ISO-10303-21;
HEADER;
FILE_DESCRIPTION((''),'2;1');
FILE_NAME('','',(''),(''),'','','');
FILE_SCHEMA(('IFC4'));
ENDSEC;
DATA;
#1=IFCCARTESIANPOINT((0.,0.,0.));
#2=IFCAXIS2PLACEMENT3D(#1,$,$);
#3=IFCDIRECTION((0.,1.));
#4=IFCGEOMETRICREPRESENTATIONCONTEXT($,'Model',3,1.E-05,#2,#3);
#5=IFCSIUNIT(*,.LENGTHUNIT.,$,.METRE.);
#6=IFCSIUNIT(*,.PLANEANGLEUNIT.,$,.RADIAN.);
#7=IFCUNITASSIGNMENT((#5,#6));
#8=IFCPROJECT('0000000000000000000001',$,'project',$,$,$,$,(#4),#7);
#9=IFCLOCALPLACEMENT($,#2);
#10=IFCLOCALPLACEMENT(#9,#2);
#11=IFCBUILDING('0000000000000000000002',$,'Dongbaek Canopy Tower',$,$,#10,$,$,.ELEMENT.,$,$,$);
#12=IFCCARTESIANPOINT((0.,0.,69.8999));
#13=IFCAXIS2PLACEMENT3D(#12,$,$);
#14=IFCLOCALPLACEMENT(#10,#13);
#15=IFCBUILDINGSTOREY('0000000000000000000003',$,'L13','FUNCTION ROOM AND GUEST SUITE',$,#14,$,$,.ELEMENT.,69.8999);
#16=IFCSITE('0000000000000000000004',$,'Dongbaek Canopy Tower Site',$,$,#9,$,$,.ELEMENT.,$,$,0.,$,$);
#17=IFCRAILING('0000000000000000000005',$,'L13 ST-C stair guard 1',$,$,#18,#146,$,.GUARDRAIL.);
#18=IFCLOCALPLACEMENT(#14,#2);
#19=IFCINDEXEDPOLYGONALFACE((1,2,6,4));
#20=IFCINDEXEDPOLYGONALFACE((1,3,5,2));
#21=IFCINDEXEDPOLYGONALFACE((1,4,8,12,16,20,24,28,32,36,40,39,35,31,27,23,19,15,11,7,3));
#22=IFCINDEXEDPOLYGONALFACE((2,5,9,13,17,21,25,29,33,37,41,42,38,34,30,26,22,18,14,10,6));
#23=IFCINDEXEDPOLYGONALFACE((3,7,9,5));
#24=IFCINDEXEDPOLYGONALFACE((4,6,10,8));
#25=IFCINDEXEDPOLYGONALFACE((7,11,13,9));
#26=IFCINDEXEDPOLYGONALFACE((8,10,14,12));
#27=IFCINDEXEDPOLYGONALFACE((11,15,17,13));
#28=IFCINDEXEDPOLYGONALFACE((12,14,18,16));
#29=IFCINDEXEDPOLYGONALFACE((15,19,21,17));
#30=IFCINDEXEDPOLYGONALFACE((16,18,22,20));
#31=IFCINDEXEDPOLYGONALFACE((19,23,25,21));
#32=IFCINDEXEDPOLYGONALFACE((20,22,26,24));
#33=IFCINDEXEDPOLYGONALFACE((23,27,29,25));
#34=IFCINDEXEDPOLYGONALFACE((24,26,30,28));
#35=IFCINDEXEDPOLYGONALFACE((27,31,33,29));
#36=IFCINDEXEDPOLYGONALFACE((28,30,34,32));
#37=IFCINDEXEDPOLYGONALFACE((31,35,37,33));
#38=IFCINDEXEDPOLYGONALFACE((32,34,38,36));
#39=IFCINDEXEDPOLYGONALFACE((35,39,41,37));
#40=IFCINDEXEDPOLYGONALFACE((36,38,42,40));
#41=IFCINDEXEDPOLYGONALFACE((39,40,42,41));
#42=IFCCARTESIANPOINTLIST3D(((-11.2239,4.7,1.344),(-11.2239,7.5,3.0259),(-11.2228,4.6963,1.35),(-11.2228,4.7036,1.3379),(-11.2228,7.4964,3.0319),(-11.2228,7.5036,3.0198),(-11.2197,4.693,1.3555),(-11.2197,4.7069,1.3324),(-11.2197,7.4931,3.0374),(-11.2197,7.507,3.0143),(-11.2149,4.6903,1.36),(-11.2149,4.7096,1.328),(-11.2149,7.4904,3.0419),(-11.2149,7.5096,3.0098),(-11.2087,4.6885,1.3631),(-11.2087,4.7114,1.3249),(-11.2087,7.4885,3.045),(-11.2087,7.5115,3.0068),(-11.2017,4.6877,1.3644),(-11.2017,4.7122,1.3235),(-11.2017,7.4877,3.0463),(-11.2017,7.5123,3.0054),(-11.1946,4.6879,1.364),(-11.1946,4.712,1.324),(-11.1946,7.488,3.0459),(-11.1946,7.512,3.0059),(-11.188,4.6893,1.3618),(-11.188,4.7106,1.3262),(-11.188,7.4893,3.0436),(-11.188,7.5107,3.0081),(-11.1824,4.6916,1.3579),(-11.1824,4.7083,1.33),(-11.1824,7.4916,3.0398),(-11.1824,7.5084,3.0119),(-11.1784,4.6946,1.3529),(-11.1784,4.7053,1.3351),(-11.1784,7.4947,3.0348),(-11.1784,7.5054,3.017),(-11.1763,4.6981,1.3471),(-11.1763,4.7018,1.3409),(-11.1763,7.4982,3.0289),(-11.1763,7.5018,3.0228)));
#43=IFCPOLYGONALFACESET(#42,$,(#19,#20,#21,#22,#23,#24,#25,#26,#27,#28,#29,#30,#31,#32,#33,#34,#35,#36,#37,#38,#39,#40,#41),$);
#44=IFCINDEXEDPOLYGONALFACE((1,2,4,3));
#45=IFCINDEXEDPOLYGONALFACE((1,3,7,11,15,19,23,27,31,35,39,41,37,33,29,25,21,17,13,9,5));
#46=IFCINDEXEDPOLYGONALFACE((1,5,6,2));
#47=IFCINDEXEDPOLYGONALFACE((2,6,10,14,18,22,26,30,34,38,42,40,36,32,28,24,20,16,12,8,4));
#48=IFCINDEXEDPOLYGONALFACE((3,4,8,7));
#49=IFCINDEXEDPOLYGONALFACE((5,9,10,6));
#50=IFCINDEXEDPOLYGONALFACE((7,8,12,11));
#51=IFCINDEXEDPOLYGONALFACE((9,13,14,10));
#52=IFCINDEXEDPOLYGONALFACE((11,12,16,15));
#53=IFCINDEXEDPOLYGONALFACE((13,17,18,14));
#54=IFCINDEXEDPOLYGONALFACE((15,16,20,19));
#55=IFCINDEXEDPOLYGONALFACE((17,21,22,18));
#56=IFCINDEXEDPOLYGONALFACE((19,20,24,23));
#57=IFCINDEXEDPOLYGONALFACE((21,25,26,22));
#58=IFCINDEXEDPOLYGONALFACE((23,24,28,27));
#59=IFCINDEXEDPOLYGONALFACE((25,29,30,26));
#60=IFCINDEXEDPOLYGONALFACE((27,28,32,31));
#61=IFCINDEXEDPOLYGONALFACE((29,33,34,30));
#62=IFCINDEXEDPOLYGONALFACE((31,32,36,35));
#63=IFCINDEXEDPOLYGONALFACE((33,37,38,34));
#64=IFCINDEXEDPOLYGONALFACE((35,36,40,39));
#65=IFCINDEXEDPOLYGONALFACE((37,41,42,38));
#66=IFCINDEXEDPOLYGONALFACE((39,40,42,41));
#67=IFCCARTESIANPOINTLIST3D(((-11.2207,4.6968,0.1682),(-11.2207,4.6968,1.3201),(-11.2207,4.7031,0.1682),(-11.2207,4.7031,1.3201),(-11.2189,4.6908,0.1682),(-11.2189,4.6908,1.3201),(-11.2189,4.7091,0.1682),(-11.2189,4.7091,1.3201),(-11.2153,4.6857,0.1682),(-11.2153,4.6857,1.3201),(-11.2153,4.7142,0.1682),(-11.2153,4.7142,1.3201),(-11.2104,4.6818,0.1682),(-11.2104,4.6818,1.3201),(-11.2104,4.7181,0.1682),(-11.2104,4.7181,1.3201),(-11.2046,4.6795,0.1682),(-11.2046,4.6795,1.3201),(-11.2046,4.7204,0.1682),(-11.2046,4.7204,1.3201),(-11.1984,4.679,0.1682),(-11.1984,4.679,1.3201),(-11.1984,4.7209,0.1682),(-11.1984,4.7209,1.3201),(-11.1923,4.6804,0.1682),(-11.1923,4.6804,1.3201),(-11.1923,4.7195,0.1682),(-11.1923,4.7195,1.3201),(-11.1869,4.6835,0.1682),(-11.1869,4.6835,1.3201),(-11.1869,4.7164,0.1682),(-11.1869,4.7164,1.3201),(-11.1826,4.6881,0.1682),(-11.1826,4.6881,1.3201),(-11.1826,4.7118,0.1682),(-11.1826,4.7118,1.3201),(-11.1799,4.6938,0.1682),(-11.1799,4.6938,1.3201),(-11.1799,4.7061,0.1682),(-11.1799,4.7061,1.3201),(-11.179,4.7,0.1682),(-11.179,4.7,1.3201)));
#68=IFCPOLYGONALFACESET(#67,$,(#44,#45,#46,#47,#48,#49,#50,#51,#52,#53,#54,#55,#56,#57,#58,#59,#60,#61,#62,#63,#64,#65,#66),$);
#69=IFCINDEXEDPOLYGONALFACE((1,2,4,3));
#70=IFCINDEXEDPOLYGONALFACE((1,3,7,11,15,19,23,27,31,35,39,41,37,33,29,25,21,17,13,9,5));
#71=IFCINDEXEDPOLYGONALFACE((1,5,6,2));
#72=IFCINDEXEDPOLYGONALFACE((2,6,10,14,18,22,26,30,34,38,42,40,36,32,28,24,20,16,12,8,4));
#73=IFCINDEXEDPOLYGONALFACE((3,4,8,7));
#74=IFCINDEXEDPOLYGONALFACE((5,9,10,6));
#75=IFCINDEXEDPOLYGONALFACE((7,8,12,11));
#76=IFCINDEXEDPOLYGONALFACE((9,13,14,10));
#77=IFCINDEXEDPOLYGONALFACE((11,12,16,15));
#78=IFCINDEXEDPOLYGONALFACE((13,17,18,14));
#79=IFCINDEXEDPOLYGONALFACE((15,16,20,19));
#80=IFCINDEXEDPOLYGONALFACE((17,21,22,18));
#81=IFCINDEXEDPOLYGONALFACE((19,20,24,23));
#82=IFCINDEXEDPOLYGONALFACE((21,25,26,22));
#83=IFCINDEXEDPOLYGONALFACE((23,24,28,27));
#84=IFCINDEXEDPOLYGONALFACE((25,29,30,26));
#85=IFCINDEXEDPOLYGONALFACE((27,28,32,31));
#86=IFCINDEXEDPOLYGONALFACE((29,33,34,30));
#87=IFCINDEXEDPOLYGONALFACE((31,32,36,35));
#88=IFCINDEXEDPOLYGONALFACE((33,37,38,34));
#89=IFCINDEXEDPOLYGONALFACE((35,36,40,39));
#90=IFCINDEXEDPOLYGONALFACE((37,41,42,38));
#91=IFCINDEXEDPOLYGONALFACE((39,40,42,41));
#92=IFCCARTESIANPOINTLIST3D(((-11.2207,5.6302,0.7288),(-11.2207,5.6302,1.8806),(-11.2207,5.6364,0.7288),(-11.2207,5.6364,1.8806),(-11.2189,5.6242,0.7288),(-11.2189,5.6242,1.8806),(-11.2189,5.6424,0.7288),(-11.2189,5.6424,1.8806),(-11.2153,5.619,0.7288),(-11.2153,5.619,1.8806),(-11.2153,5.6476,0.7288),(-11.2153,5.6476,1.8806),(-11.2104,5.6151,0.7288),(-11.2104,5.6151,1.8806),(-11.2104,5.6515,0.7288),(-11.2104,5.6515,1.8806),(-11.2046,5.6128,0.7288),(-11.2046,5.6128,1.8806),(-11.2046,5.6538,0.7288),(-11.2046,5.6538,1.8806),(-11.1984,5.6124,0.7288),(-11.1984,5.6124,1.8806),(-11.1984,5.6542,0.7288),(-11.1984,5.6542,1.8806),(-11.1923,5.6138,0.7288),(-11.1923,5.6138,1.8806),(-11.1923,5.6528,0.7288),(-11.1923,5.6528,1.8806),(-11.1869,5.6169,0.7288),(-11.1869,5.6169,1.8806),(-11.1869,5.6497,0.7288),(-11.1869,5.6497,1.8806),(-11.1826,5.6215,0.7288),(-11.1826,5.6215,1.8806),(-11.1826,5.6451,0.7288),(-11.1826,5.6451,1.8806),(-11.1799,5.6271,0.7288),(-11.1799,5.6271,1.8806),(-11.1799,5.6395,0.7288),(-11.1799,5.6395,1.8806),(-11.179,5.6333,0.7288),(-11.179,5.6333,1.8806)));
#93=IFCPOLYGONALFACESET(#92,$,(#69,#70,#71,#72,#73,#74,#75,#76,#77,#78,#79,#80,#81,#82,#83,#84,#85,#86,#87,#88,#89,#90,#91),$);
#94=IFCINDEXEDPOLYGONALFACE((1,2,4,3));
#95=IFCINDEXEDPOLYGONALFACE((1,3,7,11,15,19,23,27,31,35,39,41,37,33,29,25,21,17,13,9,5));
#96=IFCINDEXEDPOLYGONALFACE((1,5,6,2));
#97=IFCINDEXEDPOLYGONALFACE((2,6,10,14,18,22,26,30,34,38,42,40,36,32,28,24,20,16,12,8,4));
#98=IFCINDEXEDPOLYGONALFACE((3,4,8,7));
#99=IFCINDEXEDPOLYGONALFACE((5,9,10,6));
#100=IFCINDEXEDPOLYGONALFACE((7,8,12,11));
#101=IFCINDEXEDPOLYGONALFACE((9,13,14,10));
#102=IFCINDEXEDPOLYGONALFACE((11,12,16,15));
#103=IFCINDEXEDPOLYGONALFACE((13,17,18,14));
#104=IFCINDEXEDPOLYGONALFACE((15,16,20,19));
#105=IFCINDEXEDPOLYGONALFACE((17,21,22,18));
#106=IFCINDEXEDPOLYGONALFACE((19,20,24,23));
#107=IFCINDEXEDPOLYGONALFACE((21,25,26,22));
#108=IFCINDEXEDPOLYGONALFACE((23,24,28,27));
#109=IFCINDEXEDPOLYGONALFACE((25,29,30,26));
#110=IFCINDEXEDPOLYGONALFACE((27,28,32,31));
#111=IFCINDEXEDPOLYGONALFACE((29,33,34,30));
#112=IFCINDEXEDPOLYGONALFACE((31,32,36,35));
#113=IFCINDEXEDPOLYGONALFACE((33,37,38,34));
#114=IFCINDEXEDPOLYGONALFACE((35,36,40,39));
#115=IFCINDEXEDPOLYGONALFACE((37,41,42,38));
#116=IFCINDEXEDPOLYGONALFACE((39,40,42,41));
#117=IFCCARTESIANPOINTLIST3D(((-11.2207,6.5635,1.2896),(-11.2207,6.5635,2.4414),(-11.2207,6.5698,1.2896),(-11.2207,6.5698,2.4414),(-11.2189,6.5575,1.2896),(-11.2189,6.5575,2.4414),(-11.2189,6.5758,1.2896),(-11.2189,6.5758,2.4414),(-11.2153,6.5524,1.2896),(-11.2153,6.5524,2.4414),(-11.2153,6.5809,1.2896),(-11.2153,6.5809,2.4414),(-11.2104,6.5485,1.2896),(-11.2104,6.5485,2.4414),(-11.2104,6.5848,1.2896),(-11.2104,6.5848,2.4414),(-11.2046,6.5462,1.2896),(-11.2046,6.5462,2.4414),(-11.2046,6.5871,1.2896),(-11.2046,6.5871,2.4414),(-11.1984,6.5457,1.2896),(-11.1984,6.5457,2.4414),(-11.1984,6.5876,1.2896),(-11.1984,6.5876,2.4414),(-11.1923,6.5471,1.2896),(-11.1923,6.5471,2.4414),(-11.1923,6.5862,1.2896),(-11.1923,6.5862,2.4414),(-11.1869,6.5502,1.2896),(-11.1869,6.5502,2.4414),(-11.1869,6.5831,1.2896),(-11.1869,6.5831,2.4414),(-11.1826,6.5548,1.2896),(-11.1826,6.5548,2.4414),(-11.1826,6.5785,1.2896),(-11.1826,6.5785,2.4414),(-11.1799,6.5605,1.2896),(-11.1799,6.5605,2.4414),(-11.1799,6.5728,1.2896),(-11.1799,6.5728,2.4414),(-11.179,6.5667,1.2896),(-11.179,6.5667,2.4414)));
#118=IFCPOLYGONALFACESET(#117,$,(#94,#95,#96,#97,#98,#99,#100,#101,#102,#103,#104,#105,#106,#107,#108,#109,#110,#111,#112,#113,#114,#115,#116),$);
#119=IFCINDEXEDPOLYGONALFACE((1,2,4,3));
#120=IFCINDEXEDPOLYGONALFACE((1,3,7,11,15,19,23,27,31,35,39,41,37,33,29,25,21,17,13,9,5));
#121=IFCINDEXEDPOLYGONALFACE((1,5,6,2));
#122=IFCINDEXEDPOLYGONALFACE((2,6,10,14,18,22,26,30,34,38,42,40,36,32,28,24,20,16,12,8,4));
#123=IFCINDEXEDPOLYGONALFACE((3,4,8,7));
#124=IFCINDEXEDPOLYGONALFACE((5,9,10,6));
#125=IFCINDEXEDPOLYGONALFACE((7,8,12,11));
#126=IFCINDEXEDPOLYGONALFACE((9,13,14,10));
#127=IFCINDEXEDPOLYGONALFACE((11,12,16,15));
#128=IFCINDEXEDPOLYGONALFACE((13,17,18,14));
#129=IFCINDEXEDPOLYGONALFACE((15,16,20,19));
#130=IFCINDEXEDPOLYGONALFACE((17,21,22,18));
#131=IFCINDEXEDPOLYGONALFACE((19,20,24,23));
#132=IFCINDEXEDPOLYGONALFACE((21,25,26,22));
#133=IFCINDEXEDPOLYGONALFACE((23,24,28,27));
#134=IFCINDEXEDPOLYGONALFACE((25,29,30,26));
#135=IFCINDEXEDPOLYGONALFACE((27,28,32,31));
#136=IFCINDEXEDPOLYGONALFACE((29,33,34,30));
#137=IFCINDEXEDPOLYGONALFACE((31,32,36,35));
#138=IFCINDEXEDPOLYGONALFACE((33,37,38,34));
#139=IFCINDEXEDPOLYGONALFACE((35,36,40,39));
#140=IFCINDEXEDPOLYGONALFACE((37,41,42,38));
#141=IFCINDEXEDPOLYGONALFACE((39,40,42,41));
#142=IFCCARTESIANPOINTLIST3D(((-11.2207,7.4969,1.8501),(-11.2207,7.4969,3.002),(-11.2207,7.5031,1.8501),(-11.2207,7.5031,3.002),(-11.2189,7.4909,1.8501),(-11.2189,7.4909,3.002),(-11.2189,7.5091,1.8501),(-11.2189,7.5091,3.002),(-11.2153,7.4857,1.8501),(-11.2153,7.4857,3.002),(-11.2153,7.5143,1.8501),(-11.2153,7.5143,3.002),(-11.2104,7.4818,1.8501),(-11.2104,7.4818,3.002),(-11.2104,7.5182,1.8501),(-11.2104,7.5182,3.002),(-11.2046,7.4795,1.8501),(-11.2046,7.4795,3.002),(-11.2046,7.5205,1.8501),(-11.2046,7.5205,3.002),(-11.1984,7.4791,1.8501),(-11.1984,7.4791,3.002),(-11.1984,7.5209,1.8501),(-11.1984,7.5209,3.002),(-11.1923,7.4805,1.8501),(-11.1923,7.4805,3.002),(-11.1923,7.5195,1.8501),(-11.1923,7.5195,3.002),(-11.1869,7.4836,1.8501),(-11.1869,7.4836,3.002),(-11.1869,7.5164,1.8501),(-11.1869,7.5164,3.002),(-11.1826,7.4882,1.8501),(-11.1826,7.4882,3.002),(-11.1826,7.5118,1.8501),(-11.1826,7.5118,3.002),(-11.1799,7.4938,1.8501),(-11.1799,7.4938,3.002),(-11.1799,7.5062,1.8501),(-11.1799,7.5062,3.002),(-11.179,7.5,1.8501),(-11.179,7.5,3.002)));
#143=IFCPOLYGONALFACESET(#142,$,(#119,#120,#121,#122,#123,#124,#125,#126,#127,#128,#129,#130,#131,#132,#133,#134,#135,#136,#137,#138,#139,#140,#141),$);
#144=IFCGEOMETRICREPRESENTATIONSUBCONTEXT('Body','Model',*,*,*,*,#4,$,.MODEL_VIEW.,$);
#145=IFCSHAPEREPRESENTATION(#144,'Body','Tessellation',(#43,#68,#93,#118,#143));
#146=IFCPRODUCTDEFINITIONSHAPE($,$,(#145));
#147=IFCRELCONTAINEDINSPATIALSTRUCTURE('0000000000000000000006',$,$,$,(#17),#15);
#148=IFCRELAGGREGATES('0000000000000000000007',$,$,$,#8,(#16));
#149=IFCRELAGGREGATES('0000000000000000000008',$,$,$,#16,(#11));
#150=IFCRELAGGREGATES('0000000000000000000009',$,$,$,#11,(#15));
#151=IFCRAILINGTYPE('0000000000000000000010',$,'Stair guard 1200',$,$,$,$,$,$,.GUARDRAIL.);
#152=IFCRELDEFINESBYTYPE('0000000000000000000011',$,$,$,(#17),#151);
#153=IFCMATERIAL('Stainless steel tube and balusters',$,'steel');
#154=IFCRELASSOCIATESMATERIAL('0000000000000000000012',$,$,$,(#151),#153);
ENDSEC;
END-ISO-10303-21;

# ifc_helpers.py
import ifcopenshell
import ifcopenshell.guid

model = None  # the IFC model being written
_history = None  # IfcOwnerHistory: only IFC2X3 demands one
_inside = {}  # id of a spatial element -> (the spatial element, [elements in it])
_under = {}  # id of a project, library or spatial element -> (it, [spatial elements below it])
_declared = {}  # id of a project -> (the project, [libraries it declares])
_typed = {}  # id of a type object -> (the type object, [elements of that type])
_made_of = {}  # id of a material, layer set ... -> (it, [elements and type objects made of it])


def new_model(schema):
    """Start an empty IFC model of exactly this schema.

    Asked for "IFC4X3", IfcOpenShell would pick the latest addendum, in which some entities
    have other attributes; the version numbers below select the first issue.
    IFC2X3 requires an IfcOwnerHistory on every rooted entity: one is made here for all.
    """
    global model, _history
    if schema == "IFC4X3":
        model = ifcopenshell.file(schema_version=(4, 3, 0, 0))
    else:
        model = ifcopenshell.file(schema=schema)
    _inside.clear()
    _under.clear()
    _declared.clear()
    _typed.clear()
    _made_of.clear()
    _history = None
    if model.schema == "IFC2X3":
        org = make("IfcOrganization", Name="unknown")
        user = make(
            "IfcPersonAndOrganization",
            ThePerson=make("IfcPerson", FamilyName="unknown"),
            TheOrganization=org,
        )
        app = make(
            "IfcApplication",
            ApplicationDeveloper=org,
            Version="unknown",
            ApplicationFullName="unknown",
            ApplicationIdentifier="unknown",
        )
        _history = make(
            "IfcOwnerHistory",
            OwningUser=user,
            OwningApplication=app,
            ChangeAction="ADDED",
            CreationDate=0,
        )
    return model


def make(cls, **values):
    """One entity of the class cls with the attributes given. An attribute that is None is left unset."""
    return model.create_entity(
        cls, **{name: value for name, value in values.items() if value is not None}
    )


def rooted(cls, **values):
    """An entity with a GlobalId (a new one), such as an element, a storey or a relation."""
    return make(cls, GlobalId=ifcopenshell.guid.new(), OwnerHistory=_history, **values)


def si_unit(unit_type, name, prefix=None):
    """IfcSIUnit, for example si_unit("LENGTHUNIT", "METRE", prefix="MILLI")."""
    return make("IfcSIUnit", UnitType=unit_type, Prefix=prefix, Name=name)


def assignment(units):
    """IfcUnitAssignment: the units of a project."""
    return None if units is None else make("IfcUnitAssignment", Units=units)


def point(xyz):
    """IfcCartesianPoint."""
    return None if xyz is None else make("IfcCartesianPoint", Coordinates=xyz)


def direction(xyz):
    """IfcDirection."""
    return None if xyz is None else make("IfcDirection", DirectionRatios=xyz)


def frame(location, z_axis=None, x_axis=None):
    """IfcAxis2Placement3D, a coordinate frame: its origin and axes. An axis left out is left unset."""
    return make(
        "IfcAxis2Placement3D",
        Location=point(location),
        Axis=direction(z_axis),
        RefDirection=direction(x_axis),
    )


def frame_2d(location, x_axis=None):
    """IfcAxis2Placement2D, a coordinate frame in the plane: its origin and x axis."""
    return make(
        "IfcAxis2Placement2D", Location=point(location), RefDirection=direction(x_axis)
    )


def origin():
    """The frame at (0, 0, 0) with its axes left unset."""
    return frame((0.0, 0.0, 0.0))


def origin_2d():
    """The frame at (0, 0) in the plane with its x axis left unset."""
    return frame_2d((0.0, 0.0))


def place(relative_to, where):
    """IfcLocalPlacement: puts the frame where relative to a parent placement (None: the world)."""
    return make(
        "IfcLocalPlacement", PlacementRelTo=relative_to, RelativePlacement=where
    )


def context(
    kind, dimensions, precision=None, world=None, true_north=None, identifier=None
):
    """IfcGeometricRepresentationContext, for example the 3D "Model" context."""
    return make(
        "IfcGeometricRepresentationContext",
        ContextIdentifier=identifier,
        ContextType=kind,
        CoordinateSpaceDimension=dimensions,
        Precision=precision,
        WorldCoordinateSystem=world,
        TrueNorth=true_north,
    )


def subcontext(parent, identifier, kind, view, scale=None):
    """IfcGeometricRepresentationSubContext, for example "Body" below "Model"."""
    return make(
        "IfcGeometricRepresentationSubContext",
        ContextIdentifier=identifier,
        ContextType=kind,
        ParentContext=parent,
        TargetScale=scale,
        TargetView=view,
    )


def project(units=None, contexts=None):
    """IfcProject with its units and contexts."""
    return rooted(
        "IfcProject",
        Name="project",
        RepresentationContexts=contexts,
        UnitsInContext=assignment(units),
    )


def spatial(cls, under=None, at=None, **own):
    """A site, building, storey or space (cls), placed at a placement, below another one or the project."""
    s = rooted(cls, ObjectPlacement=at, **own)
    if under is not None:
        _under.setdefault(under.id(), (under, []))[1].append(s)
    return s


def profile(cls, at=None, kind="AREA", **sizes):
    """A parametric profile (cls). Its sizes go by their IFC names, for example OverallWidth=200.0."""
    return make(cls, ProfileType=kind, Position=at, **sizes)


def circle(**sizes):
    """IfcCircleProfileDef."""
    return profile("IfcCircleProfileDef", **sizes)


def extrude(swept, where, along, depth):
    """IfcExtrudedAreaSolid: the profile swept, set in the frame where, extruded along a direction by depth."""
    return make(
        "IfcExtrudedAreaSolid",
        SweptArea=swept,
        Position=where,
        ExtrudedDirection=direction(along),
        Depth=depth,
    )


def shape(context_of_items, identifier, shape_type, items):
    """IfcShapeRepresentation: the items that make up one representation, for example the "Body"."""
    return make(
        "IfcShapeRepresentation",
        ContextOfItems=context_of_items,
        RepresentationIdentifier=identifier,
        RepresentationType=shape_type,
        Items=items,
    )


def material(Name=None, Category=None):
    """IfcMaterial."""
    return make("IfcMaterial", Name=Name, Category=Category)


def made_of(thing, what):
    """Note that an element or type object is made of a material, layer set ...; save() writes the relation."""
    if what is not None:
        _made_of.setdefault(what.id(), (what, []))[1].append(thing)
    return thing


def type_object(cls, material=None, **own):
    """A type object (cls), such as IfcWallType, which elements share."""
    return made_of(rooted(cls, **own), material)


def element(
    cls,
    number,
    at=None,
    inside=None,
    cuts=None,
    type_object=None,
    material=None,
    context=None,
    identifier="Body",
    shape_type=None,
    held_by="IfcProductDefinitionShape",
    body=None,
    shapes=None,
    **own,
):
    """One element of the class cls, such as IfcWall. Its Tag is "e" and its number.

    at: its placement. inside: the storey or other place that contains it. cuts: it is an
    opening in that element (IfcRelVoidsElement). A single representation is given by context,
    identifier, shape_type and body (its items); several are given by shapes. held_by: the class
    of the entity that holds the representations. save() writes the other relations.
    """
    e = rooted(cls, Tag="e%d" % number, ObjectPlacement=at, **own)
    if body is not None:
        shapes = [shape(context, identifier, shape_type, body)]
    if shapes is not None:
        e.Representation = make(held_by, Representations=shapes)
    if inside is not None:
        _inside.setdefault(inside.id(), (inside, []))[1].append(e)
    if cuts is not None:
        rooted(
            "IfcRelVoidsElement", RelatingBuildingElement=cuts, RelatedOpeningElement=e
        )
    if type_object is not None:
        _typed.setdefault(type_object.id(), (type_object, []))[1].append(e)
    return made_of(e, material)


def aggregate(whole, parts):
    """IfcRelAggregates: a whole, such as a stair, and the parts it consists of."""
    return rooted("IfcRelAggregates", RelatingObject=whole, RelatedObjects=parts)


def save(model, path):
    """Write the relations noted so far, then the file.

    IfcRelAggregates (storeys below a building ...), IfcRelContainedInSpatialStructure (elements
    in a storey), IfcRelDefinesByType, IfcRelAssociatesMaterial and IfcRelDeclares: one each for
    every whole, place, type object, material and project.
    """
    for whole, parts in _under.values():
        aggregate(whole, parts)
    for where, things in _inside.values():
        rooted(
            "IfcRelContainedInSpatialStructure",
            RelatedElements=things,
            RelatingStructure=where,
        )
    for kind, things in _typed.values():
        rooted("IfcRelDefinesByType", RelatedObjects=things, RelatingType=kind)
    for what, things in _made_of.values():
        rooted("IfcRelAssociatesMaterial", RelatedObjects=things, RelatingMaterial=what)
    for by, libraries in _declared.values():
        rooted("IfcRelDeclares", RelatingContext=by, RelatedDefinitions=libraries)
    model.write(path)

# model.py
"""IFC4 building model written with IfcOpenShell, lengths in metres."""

from ifc_helpers import new_model, si_unit, direction, frame, origin, origin_2d, place, context, subcontext, project, spatial, circle, extrude, material, type_object, element, save


model = new_model("IFC4")

# Units and contexts
model_context = context("Model", 3, precision=1e-05, world=origin(), true_north=direction((0.0, 1.0)))
body_context = subcontext(model_context, "Body", "Model", "MODEL_VIEW")
ifc_project = project(units=[si_unit("LENGTHUNIT", "METRE"), si_unit("PLANEANGLEUNIT", "RADIAN")], contexts=[model_context])

# Site, building, storey
site_placement = place(None, origin())
site = spatial("IfcSite", under=ifc_project, at=site_placement, Name="Dongbaek Canopy Tower Site", CompositionType="ELEMENT", RefElevation=0.0)
building_placement = place(site_placement, origin())
building = spatial("IfcBuilding", under=site, at=building_placement, Name="Dongbaek Canopy Tower", CompositionType="ELEMENT")
storey_placement = place(building_placement, frame((0.0, 0.0, 69.8999)))
storey = spatial("IfcBuildingStorey", under=building, at=storey_placement, Name="L13", Description="FUNCTION ROOM AND GUEST SUITE", CompositionType="ELEMENT", Elevation=69.8999)

# Railing
ifc_material_1 = material(Name="Stainless steel tube and balusters", Category="steel")
railing_type_1 = type_object("IfcRailingType", Name="Stair guard 1200", PredefinedType="GUARDRAIL", material=ifc_material_1)
railing_1_placement = place(storey_placement, frame((-11.2, 4.7, 0.1682)))
element("IfcRailing", 1, at=railing_1_placement, inside=storey, type_object=railing_type_1, Name="L13 ST-C stair guard 1", PredefinedType="GUARDRAIL", context=body_context, shape_type="SweptSolid", body=[
    extrude(circle(Radius=0.0239, at=origin_2d()), frame((0.0, 0.0, 1.1758), z_axis=(0.0, 0.857242, 0.514913), x_axis=(-1.0, 0.0, 0.0)), (0.0, 0.0, 1.0), 3.2664),
    extrude(circle(Radius=0.021, at=origin_2d()), origin(), (0.0, 0.0, 1.0), 1.1519),
    extrude(circle(Radius=0.021, at=origin_2d()), frame((0.0, 0.9333, 0.5605)), (0.0, 0.0, 1.0), 1.1519),
    extrude(circle(Radius=0.021, at=origin_2d()), frame((0.0, 1.8667, 1.1213)), (0.0, 0.0, 1.0), 1.1519),
    extrude(circle(Radius=0.021, at=origin_2d()), frame((0.0, 2.8, 1.6819)), (0.0, 0.0, 1.0), 1.1519),
])

save(model, "model.ifc")
